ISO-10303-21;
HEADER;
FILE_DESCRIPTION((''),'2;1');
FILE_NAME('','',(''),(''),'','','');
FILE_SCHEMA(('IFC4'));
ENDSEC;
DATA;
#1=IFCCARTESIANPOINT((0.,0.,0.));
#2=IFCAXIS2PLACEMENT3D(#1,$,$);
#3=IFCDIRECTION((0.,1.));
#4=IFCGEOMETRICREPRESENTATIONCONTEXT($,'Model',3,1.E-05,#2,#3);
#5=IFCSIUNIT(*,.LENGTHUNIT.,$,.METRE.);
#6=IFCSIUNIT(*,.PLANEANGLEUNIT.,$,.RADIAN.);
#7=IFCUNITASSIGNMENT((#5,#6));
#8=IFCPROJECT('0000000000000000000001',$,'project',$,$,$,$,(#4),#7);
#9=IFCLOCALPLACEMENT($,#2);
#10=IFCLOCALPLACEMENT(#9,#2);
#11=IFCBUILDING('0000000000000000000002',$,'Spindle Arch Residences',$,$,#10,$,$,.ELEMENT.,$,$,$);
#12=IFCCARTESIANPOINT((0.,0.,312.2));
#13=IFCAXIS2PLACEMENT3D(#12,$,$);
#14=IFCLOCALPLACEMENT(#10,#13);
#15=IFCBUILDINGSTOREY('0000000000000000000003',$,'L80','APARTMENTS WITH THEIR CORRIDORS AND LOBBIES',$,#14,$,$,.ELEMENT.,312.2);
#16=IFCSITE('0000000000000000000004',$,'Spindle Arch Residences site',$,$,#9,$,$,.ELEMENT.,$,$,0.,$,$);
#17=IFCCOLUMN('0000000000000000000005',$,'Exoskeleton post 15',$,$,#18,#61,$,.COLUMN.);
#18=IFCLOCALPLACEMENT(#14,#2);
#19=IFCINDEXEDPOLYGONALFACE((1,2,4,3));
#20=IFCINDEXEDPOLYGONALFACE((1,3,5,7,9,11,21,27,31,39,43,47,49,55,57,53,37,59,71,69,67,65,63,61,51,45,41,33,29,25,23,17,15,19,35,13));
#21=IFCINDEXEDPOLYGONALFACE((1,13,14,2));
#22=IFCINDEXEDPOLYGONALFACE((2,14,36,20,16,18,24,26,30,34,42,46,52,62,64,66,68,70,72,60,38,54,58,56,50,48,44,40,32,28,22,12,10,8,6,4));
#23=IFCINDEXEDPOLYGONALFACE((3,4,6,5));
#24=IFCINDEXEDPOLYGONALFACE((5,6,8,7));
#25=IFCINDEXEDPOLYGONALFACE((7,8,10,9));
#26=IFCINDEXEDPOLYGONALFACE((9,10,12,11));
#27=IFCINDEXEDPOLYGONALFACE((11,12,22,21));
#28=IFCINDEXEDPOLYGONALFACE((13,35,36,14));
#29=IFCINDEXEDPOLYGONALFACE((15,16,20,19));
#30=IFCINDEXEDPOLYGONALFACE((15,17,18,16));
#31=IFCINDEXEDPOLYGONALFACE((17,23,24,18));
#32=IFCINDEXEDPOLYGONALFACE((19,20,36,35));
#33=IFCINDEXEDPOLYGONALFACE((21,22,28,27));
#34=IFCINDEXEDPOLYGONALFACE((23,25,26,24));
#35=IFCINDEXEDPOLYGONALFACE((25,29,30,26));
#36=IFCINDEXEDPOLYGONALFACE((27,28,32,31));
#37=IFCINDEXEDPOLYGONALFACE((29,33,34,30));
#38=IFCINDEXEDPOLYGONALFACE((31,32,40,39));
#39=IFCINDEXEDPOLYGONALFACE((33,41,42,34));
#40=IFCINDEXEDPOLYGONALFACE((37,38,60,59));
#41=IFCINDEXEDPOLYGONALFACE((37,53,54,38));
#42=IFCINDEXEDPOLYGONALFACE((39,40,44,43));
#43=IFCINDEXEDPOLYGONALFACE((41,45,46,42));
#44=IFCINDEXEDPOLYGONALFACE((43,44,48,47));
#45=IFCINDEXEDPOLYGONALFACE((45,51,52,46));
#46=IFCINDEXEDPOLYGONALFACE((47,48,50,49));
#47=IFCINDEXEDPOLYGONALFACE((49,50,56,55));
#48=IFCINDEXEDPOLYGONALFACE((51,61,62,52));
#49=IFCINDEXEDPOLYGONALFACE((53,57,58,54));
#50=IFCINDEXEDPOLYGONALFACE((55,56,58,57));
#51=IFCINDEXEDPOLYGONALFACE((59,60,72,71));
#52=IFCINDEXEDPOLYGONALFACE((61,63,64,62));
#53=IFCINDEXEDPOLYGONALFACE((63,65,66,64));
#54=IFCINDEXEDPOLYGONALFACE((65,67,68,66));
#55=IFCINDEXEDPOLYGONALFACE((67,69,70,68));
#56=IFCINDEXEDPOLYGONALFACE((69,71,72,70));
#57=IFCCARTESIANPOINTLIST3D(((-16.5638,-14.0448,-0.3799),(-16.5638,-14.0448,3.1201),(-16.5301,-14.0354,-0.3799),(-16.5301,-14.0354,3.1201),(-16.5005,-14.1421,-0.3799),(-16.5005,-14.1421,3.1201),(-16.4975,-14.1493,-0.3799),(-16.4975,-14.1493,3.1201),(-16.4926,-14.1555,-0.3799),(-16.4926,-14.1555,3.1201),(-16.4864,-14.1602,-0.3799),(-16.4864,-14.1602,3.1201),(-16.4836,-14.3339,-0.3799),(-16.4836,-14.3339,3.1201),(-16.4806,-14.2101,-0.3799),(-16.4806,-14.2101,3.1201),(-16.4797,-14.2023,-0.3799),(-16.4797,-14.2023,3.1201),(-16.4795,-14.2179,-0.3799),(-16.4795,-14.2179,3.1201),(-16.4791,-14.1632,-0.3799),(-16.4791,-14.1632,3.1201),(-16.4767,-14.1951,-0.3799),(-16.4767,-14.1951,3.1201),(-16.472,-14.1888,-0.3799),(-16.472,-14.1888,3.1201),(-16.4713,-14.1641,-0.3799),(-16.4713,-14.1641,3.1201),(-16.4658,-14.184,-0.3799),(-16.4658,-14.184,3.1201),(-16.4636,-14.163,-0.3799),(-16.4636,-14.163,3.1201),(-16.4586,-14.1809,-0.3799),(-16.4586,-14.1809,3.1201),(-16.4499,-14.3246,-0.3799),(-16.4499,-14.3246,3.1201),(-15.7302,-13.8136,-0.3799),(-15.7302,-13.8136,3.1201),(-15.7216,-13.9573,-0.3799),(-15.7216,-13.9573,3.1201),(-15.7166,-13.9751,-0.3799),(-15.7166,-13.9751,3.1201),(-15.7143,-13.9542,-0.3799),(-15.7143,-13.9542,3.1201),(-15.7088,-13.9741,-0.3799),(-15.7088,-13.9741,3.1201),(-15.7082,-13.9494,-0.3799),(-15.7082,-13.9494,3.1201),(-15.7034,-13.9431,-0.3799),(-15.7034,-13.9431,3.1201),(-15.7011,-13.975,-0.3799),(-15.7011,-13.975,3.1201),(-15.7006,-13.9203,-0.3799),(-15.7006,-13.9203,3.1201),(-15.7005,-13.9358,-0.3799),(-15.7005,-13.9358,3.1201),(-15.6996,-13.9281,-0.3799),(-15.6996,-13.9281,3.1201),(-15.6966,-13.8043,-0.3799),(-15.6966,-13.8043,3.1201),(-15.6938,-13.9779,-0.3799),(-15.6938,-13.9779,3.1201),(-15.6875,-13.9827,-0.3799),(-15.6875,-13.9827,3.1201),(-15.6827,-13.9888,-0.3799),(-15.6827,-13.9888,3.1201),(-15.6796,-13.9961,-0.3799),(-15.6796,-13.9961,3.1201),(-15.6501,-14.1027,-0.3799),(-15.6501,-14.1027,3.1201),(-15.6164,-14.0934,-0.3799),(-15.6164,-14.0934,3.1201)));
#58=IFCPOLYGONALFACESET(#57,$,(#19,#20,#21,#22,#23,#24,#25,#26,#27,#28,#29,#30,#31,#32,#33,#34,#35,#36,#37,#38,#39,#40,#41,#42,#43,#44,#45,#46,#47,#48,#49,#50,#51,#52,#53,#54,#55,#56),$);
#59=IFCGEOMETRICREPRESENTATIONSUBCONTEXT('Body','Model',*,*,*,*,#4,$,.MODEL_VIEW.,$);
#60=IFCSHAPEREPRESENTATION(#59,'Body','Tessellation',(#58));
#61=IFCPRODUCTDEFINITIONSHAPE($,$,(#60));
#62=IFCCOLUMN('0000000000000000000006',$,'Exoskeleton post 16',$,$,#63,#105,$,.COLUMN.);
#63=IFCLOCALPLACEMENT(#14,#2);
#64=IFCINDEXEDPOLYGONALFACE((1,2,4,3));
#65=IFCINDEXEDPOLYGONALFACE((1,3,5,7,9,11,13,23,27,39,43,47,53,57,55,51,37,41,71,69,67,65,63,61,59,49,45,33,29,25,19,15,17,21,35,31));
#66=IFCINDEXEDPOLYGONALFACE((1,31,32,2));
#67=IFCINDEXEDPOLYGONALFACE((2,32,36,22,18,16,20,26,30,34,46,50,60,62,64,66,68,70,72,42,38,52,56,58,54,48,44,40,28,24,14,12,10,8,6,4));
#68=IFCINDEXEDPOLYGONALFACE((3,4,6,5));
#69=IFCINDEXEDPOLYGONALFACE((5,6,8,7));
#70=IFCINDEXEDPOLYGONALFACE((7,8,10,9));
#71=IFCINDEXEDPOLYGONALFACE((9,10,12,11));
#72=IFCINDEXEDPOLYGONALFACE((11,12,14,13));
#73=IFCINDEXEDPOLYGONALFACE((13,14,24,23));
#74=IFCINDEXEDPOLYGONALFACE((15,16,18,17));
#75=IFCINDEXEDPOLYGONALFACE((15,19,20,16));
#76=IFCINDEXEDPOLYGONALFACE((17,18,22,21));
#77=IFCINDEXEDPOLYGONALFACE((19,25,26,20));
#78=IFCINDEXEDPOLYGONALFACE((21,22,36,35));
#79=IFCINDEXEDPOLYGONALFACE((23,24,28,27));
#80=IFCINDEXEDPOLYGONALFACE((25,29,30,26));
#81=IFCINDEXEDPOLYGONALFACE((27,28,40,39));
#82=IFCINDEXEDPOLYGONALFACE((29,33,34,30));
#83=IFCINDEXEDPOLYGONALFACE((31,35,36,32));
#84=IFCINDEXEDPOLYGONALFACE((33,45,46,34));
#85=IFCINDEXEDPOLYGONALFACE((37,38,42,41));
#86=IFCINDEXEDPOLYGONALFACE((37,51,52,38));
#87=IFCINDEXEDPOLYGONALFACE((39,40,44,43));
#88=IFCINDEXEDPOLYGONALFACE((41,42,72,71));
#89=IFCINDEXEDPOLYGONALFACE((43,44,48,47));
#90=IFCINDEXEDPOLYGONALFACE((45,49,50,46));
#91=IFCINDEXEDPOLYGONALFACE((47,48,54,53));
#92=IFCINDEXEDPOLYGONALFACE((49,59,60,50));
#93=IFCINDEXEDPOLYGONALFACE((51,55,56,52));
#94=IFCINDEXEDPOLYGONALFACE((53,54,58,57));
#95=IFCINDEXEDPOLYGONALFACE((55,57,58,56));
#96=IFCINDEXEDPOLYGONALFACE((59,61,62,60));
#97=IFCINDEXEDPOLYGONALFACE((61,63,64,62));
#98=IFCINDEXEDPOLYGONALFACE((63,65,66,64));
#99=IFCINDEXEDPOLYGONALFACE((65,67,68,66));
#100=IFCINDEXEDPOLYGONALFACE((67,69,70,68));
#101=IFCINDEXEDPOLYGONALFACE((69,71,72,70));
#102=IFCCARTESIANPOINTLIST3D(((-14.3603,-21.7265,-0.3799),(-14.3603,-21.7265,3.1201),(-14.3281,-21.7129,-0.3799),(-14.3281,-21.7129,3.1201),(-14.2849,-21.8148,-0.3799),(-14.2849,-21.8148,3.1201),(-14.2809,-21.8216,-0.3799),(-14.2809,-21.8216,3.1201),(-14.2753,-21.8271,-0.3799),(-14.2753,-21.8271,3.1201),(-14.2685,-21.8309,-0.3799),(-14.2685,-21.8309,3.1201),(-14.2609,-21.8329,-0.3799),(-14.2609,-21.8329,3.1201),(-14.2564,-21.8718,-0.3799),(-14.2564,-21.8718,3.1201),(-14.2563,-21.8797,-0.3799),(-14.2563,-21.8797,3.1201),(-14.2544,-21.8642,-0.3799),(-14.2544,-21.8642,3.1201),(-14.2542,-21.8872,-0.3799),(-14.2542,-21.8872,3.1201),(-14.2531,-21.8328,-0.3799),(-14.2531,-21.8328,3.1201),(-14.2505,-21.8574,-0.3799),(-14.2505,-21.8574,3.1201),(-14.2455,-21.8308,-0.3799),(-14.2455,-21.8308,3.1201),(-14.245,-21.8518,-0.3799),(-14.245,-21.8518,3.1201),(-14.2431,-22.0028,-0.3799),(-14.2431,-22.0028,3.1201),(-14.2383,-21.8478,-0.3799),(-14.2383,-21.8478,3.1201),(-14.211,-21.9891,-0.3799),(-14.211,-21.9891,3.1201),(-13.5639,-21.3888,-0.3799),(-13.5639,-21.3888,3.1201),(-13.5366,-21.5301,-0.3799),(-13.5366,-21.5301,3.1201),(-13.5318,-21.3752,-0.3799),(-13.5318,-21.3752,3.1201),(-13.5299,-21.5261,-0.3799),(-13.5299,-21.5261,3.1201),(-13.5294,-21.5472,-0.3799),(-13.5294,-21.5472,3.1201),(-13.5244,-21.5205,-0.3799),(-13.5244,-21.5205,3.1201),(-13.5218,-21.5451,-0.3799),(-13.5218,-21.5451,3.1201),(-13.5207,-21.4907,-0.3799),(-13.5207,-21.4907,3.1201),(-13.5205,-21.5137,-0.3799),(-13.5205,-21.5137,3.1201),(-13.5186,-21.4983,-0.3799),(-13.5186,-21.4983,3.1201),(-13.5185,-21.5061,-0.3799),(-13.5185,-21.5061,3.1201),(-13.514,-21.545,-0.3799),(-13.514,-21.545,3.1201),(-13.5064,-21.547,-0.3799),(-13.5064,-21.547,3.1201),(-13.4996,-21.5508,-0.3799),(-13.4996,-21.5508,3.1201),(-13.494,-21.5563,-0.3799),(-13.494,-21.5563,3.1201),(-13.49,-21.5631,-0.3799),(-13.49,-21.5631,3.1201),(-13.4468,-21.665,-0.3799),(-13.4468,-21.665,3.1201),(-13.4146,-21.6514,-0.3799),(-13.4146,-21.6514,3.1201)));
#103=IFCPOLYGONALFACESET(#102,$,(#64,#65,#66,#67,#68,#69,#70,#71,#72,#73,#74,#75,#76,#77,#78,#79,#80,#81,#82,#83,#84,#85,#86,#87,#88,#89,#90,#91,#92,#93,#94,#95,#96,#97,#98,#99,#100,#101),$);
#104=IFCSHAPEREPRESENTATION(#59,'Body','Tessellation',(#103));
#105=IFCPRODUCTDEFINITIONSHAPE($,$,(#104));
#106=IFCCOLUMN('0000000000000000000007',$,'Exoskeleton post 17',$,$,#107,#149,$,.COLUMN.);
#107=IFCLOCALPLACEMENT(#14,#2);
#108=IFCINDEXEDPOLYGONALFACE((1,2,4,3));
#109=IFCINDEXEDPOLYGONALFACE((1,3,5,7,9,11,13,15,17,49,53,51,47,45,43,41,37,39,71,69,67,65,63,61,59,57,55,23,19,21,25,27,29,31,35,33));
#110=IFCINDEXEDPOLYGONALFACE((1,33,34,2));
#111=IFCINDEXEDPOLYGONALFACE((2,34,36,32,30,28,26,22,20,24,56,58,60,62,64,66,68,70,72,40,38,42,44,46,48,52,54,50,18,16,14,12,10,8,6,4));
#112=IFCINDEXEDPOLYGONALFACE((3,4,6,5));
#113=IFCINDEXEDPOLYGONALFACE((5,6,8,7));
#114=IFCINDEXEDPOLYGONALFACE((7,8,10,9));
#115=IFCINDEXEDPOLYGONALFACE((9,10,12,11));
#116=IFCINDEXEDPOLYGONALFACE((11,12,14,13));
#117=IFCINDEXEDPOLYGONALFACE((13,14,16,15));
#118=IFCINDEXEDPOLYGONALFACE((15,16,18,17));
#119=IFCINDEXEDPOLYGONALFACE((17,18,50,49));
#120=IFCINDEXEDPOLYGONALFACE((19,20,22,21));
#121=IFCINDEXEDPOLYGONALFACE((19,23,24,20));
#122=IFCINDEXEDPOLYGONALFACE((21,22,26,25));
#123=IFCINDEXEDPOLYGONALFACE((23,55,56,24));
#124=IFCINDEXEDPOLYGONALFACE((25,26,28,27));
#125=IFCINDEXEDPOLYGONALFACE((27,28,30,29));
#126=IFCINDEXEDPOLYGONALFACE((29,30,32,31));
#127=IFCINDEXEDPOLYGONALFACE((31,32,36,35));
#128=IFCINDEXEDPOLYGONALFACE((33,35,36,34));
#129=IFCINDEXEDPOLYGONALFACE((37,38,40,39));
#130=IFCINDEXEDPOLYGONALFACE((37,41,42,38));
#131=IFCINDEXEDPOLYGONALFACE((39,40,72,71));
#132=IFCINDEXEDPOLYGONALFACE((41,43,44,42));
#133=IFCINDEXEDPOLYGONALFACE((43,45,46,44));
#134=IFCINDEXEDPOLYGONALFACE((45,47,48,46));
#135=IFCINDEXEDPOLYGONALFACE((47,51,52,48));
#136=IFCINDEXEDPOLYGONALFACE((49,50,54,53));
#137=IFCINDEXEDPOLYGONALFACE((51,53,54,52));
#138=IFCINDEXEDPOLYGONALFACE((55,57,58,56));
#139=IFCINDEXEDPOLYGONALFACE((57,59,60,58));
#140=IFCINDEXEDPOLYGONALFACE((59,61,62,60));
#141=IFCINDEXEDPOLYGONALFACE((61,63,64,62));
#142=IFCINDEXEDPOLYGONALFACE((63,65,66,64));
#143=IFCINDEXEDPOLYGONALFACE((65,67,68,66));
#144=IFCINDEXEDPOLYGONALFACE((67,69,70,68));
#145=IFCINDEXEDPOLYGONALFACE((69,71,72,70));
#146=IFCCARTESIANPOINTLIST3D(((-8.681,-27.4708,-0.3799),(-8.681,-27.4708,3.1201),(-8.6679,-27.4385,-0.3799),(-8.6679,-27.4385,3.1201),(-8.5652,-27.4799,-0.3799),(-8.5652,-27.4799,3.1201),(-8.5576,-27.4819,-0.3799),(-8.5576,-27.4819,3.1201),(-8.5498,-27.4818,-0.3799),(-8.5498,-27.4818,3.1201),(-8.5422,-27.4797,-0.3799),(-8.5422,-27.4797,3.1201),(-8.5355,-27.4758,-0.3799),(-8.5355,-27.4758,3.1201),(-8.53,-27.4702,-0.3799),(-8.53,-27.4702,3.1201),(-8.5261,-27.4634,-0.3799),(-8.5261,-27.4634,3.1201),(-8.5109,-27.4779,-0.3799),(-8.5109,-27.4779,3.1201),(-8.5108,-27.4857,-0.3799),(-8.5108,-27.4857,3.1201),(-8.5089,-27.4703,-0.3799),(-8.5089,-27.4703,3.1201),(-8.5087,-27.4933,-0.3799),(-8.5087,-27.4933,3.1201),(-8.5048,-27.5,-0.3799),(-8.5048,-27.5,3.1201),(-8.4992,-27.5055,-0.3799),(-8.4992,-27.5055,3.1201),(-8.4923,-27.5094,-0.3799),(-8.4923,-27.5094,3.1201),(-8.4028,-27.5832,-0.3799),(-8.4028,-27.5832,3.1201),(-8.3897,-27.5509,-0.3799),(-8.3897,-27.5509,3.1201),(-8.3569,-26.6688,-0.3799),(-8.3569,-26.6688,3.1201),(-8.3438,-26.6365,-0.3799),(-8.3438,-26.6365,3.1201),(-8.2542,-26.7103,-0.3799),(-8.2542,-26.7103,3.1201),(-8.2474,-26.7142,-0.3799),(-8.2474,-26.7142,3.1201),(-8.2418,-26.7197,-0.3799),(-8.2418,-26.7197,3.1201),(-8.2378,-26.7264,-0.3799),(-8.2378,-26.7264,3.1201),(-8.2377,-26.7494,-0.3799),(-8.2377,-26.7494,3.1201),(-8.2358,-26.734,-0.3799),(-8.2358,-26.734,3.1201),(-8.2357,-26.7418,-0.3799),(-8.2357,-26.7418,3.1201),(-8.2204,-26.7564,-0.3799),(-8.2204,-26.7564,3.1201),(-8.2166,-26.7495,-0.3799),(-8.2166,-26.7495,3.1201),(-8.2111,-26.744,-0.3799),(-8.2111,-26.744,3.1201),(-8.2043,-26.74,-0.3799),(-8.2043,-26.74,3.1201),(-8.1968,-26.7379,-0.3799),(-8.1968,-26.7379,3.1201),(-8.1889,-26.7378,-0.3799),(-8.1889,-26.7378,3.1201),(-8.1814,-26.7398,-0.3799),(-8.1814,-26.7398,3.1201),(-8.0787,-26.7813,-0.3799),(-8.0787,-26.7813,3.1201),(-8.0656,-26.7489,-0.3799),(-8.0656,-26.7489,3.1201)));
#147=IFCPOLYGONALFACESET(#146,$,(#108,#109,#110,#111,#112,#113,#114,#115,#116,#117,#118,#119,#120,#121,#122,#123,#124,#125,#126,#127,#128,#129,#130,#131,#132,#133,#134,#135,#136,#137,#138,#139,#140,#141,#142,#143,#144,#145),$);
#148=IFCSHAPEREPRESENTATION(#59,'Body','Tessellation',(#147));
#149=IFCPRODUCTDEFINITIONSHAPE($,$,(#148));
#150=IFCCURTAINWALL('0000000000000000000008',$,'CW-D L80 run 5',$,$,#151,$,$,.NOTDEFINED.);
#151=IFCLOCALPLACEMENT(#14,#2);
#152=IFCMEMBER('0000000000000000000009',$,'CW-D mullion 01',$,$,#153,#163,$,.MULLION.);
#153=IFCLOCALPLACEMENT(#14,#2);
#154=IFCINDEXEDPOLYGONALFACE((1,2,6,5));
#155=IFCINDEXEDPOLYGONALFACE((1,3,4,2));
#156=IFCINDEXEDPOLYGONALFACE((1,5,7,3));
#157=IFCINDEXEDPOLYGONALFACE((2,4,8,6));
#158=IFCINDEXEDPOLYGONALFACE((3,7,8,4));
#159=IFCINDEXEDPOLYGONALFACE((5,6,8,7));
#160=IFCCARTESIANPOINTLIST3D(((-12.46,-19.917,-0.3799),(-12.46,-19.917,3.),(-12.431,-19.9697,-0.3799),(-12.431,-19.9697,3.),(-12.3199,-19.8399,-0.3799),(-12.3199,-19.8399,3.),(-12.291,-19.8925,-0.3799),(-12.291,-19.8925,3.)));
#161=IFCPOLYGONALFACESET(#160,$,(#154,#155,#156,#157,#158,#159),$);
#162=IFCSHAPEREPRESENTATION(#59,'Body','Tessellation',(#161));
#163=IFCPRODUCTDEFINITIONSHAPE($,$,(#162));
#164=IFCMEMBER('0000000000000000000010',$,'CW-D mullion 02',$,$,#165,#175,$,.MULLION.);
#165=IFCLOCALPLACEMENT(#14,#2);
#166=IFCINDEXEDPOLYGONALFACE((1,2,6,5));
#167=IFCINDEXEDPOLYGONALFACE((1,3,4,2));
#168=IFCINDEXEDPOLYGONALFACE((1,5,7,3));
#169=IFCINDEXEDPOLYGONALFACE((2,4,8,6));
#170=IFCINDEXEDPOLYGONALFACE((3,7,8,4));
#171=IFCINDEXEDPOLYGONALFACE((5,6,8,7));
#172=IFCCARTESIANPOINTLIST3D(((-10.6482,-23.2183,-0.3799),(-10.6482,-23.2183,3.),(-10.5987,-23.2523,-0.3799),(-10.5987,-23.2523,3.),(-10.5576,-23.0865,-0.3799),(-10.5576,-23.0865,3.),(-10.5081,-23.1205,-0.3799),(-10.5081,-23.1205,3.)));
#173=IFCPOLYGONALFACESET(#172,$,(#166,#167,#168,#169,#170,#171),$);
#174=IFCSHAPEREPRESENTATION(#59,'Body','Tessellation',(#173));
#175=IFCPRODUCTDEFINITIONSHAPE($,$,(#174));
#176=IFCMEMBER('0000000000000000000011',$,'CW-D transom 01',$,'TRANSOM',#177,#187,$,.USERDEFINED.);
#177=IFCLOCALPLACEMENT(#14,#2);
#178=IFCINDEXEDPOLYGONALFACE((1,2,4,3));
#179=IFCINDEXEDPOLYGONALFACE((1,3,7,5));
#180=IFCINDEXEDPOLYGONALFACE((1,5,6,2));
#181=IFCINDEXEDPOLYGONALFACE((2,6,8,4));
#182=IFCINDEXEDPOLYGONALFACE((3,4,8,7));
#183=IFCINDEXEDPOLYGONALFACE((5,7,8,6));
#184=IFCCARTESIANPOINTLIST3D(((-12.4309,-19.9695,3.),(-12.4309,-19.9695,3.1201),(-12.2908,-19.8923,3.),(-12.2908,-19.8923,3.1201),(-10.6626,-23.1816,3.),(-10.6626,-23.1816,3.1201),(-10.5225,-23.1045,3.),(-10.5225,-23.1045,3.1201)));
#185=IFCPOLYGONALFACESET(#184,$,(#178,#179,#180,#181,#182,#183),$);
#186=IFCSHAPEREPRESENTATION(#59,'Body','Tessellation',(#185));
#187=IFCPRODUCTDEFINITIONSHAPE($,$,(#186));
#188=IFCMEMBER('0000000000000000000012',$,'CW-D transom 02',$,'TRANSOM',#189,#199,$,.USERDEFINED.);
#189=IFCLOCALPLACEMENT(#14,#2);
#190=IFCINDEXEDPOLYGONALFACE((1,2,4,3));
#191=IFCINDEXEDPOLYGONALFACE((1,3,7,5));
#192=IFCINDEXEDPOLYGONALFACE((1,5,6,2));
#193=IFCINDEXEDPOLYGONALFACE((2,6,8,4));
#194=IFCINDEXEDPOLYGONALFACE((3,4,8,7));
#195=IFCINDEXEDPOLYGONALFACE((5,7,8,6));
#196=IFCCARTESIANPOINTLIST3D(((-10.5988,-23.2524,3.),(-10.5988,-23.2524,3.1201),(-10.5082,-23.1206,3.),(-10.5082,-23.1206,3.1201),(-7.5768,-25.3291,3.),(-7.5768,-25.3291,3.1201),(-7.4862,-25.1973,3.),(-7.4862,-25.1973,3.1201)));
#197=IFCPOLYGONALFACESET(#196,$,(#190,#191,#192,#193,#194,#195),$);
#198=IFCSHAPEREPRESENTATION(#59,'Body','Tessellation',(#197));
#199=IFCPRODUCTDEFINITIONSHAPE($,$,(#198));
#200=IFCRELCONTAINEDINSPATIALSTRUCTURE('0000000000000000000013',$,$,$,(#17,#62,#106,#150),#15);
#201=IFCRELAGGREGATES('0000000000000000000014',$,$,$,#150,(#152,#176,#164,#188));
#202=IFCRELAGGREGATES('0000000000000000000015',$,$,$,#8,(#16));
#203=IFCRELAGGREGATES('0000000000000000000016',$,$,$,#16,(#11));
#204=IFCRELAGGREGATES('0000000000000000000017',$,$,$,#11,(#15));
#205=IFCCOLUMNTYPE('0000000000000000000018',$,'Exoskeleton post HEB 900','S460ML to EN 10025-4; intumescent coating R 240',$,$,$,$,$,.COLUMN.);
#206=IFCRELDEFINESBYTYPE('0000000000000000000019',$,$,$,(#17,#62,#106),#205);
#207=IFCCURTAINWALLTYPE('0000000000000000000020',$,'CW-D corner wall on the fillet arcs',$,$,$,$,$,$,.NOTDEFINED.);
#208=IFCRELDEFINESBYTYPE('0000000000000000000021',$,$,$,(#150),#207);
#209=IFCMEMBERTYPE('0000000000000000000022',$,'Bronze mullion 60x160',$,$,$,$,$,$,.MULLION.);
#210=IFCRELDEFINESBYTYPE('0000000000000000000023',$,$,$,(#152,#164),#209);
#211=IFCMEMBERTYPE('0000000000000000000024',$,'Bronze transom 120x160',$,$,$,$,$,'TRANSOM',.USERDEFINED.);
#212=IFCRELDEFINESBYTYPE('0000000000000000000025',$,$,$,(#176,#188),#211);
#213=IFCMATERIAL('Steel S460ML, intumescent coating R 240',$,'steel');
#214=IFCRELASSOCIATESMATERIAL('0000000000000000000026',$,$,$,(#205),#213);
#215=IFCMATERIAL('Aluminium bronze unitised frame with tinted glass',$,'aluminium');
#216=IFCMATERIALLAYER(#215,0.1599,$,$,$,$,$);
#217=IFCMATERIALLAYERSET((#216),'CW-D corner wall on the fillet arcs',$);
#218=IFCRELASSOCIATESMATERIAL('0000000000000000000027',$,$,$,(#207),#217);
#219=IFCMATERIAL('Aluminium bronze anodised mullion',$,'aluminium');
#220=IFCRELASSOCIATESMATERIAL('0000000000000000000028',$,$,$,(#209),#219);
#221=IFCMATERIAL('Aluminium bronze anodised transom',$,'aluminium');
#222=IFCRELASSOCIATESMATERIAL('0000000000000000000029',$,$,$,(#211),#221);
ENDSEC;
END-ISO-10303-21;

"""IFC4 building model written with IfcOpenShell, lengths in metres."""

from ifc_helpers import new_model, si_unit, direction, frame, origin, origin_2d, place, context, subcontext, project, spatial, rectangle, i_section, extrude, material, layer, layer_set, material_profile, profile_set, type_object, element, aggregate, save


model = new_model("IFC4")

# Units and contexts
model_context = context("Model", 3, precision=1e-05, world=origin(), true_north=direction((0.0, 1.0)))
body_context = subcontext(model_context, "Body", "Model", "MODEL_VIEW")
ifc_project = project(units=[si_unit("LENGTHUNIT", "METRE"), si_unit("PLANEANGLEUNIT", "RADIAN")], contexts=[model_context])

# Site, building, storey
site_placement = place(None, origin())
site = spatial("IfcSite", under=ifc_project, at=site_placement, Name="Spindle Arch Residences site", CompositionType="ELEMENT", RefElevation=0.0)
building_placement = place(site_placement, origin())
building = spatial("IfcBuilding", under=site, at=building_placement, Name="Spindle Arch Residences", CompositionType="ELEMENT")
storey_placement = place(building_placement, frame((0.0, 0.0, 312.2)))
storey = spatial("IfcBuildingStorey", under=building, at=storey_placement, Name="L80", Description="APARTMENTS WITH THEIR CORRIDORS AND LOBBIES", CompositionType="ELEMENT", Elevation=312.2)

# Columns
ifc_material_1 = material(Name="Steel S460ML, intumescent coating R 240", Category="steel")
ifc_material_profile_1 = material_profile(ifc_material_1, i_section(OverallWidth=0.3, OverallDepth=0.8999, WebThickness=0.0186, FlangeThickness=0.0349, FilletRadius=0.03, at=origin_2d()), Name="HEB 900")
ifc_profile_set_1 = profile_set([ifc_material_profile_1], Name="Steel S460ML, intumescent coating R 240")
column_type = type_object("IfcColumnType", Name="Exoskeleton post HEB 900", Description="S460ML to EN 10025-4; intumescent coating R 240", PredefinedType="COLUMN", material=ifc_profile_set_1)
for number, where, z_axis, x_axis, name in (
    (1, (-16.0901, -14.0691, -0.3799), (0.0, 0.0, 1.0), (-0.267238, 0.963631, 0.0), "Exoskeleton post 15"),
    (2, (-13.8875, -21.689, -0.3799), (0.0, 0.0, 1.0), (-0.390458, 0.920621, 0.0), "Exoskeleton post 16"),
    (3, (-8.3733, -27.1099, -0.3799), (0.0, 0.0, 1.0), (-0.927168, 0.374646, 0.0), "Exoskeleton post 17"),
):
    element("IfcColumn", number, at=place(storey_placement, frame(where, z_axis=z_axis, x_axis=x_axis)), inside=storey, type_object=column_type, Name=name, PredefinedType="COLUMN", context=body_context, shape_type="SweptSolid", body=[
        extrude(i_section(OverallWidth=0.3, OverallDepth=0.8999, WebThickness=0.0186, FlangeThickness=0.0349, FilletRadius=0.03, at=origin_2d()), origin(), (0.0, 0.0, 1.0), 3.5),
    ])

# Curtain wall, members
ifc_material_2 = material(Name="Aluminium bronze unitised frame with tinted glass", Category="aluminium")
ifc_layer_1 = layer(ifc_material_2, 0.1599)
ifc_layer_set_1 = layer_set([ifc_layer_1], Name="CW-D corner wall on the fillet arcs")
curtain_wall_type = type_object("IfcCurtainWallType", Name="CW-D corner wall on the fillet arcs", PredefinedType="NOTDEFINED", material=ifc_layer_set_1)
curtain_wall_placement = place(storey_placement, origin())
curtain_wall = element("IfcCurtainWall", 4, at=curtain_wall_placement, inside=storey, type_object=curtain_wall_type, Name="CW-D L80 run 5", PredefinedType="NOTDEFINED")
ifc_material_3 = material(Name="Aluminium bronze anodised mullion", Category="aluminium")
ifc_material_profile_2 = material_profile(ifc_material_3, rectangle(XDim=0.1599, YDim=0.0601, at=origin_2d()), Name="MU 60x160")
ifc_profile_set_2 = profile_set([ifc_material_profile_2], Name="Aluminium bronze anodised mullion")
member_type_1 = type_object("IfcMemberType", Name="Bronze mullion 60x160", PredefinedType="MULLION", material=ifc_profile_set_2)
member_1_placement = place(storey_placement, frame((-12.3755, -19.9048, -0.3799), z_axis=(0.0, 0.0, 1.0), x_axis=(0.876026, 0.482263, 0.0)))
member_1 = element("IfcMember", 5, at=member_1_placement, type_object=member_type_1, Name="CW-D mullion 01", PredefinedType="MULLION", context=body_context, shape_type="SweptSolid", body=[
    extrude(rectangle(XDim=0.1599, YDim=0.0601, at=origin_2d()), origin(), (0.0, 0.0, 1.0), 3.3799),
])
member_2_placement = place(storey_placement, frame((-10.5781, -23.1694, -0.3799), z_axis=(0.0, 0.0, 1.0), x_axis=(0.566406, 0.824126, 0.0)))
member_2 = element("IfcMember", 6, at=member_2_placement, type_object=member_type_1, Name="CW-D mullion 02", PredefinedType="MULLION", context=body_context, shape_type="SweptSolid", body=[
    extrude(rectangle(XDim=0.1599, YDim=0.0601, at=origin_2d()), origin(), (0.0, 0.0, 1.0), 3.3799),
])
ifc_material_4 = material(Name="Aluminium bronze anodised transom", Category="aluminium")
ifc_material_profile_3 = material_profile(ifc_material_4, rectangle(XDim=0.1599, YDim=0.1201, at=origin_2d()), Name="TR 120x160")
ifc_profile_set_3 = profile_set([ifc_material_profile_3], Name="Aluminium bronze anodised transom")
member_type_2 = type_object("IfcMemberType", Name="Bronze transom 120x160", ElementType="TRANSOM", PredefinedType="USERDEFINED", material=ifc_profile_set_3)
member_3_placement = place(storey_placement, frame((-12.3608, -19.9309, 3.0601), z_axis=(0.482259, -0.876029, 0.0), x_axis=(0.876029, 0.482259, 0.0)))
member_3 = element("IfcMember", 7, at=member_3_placement, type_object=member_type_2, Name="CW-D transom 01", ObjectType="TRANSOM", PredefinedType="USERDEFINED", context=body_context, shape_type="SweptSolid", body=[
    extrude(rectangle(XDim=0.1599, YDim=0.1201, at=origin_2d()), origin(), (0.0, 0.0, 1.0), 3.6667),
])
member_4_placement = place(storey_placement, frame((-10.5535, -23.1865, 3.0601), z_axis=(0.824162, -0.566354, 0.0), x_axis=(0.566354, 0.824162, 0.0)))
member_4 = element("IfcMember", 8, at=member_4_placement, type_object=member_type_2, Name="CW-D transom 02", ObjectType="TRANSOM", PredefinedType="USERDEFINED", context=body_context, shape_type="SweptSolid", body=[
    extrude(rectangle(XDim=0.1599, YDim=0.1201, at=origin_2d()), origin(), (0.0, 0.0, 1.0), 3.6667),
])

aggregate(curtain_wall, [member_1, member_3, member_2, member_4])

save(model, "model.ifc")
